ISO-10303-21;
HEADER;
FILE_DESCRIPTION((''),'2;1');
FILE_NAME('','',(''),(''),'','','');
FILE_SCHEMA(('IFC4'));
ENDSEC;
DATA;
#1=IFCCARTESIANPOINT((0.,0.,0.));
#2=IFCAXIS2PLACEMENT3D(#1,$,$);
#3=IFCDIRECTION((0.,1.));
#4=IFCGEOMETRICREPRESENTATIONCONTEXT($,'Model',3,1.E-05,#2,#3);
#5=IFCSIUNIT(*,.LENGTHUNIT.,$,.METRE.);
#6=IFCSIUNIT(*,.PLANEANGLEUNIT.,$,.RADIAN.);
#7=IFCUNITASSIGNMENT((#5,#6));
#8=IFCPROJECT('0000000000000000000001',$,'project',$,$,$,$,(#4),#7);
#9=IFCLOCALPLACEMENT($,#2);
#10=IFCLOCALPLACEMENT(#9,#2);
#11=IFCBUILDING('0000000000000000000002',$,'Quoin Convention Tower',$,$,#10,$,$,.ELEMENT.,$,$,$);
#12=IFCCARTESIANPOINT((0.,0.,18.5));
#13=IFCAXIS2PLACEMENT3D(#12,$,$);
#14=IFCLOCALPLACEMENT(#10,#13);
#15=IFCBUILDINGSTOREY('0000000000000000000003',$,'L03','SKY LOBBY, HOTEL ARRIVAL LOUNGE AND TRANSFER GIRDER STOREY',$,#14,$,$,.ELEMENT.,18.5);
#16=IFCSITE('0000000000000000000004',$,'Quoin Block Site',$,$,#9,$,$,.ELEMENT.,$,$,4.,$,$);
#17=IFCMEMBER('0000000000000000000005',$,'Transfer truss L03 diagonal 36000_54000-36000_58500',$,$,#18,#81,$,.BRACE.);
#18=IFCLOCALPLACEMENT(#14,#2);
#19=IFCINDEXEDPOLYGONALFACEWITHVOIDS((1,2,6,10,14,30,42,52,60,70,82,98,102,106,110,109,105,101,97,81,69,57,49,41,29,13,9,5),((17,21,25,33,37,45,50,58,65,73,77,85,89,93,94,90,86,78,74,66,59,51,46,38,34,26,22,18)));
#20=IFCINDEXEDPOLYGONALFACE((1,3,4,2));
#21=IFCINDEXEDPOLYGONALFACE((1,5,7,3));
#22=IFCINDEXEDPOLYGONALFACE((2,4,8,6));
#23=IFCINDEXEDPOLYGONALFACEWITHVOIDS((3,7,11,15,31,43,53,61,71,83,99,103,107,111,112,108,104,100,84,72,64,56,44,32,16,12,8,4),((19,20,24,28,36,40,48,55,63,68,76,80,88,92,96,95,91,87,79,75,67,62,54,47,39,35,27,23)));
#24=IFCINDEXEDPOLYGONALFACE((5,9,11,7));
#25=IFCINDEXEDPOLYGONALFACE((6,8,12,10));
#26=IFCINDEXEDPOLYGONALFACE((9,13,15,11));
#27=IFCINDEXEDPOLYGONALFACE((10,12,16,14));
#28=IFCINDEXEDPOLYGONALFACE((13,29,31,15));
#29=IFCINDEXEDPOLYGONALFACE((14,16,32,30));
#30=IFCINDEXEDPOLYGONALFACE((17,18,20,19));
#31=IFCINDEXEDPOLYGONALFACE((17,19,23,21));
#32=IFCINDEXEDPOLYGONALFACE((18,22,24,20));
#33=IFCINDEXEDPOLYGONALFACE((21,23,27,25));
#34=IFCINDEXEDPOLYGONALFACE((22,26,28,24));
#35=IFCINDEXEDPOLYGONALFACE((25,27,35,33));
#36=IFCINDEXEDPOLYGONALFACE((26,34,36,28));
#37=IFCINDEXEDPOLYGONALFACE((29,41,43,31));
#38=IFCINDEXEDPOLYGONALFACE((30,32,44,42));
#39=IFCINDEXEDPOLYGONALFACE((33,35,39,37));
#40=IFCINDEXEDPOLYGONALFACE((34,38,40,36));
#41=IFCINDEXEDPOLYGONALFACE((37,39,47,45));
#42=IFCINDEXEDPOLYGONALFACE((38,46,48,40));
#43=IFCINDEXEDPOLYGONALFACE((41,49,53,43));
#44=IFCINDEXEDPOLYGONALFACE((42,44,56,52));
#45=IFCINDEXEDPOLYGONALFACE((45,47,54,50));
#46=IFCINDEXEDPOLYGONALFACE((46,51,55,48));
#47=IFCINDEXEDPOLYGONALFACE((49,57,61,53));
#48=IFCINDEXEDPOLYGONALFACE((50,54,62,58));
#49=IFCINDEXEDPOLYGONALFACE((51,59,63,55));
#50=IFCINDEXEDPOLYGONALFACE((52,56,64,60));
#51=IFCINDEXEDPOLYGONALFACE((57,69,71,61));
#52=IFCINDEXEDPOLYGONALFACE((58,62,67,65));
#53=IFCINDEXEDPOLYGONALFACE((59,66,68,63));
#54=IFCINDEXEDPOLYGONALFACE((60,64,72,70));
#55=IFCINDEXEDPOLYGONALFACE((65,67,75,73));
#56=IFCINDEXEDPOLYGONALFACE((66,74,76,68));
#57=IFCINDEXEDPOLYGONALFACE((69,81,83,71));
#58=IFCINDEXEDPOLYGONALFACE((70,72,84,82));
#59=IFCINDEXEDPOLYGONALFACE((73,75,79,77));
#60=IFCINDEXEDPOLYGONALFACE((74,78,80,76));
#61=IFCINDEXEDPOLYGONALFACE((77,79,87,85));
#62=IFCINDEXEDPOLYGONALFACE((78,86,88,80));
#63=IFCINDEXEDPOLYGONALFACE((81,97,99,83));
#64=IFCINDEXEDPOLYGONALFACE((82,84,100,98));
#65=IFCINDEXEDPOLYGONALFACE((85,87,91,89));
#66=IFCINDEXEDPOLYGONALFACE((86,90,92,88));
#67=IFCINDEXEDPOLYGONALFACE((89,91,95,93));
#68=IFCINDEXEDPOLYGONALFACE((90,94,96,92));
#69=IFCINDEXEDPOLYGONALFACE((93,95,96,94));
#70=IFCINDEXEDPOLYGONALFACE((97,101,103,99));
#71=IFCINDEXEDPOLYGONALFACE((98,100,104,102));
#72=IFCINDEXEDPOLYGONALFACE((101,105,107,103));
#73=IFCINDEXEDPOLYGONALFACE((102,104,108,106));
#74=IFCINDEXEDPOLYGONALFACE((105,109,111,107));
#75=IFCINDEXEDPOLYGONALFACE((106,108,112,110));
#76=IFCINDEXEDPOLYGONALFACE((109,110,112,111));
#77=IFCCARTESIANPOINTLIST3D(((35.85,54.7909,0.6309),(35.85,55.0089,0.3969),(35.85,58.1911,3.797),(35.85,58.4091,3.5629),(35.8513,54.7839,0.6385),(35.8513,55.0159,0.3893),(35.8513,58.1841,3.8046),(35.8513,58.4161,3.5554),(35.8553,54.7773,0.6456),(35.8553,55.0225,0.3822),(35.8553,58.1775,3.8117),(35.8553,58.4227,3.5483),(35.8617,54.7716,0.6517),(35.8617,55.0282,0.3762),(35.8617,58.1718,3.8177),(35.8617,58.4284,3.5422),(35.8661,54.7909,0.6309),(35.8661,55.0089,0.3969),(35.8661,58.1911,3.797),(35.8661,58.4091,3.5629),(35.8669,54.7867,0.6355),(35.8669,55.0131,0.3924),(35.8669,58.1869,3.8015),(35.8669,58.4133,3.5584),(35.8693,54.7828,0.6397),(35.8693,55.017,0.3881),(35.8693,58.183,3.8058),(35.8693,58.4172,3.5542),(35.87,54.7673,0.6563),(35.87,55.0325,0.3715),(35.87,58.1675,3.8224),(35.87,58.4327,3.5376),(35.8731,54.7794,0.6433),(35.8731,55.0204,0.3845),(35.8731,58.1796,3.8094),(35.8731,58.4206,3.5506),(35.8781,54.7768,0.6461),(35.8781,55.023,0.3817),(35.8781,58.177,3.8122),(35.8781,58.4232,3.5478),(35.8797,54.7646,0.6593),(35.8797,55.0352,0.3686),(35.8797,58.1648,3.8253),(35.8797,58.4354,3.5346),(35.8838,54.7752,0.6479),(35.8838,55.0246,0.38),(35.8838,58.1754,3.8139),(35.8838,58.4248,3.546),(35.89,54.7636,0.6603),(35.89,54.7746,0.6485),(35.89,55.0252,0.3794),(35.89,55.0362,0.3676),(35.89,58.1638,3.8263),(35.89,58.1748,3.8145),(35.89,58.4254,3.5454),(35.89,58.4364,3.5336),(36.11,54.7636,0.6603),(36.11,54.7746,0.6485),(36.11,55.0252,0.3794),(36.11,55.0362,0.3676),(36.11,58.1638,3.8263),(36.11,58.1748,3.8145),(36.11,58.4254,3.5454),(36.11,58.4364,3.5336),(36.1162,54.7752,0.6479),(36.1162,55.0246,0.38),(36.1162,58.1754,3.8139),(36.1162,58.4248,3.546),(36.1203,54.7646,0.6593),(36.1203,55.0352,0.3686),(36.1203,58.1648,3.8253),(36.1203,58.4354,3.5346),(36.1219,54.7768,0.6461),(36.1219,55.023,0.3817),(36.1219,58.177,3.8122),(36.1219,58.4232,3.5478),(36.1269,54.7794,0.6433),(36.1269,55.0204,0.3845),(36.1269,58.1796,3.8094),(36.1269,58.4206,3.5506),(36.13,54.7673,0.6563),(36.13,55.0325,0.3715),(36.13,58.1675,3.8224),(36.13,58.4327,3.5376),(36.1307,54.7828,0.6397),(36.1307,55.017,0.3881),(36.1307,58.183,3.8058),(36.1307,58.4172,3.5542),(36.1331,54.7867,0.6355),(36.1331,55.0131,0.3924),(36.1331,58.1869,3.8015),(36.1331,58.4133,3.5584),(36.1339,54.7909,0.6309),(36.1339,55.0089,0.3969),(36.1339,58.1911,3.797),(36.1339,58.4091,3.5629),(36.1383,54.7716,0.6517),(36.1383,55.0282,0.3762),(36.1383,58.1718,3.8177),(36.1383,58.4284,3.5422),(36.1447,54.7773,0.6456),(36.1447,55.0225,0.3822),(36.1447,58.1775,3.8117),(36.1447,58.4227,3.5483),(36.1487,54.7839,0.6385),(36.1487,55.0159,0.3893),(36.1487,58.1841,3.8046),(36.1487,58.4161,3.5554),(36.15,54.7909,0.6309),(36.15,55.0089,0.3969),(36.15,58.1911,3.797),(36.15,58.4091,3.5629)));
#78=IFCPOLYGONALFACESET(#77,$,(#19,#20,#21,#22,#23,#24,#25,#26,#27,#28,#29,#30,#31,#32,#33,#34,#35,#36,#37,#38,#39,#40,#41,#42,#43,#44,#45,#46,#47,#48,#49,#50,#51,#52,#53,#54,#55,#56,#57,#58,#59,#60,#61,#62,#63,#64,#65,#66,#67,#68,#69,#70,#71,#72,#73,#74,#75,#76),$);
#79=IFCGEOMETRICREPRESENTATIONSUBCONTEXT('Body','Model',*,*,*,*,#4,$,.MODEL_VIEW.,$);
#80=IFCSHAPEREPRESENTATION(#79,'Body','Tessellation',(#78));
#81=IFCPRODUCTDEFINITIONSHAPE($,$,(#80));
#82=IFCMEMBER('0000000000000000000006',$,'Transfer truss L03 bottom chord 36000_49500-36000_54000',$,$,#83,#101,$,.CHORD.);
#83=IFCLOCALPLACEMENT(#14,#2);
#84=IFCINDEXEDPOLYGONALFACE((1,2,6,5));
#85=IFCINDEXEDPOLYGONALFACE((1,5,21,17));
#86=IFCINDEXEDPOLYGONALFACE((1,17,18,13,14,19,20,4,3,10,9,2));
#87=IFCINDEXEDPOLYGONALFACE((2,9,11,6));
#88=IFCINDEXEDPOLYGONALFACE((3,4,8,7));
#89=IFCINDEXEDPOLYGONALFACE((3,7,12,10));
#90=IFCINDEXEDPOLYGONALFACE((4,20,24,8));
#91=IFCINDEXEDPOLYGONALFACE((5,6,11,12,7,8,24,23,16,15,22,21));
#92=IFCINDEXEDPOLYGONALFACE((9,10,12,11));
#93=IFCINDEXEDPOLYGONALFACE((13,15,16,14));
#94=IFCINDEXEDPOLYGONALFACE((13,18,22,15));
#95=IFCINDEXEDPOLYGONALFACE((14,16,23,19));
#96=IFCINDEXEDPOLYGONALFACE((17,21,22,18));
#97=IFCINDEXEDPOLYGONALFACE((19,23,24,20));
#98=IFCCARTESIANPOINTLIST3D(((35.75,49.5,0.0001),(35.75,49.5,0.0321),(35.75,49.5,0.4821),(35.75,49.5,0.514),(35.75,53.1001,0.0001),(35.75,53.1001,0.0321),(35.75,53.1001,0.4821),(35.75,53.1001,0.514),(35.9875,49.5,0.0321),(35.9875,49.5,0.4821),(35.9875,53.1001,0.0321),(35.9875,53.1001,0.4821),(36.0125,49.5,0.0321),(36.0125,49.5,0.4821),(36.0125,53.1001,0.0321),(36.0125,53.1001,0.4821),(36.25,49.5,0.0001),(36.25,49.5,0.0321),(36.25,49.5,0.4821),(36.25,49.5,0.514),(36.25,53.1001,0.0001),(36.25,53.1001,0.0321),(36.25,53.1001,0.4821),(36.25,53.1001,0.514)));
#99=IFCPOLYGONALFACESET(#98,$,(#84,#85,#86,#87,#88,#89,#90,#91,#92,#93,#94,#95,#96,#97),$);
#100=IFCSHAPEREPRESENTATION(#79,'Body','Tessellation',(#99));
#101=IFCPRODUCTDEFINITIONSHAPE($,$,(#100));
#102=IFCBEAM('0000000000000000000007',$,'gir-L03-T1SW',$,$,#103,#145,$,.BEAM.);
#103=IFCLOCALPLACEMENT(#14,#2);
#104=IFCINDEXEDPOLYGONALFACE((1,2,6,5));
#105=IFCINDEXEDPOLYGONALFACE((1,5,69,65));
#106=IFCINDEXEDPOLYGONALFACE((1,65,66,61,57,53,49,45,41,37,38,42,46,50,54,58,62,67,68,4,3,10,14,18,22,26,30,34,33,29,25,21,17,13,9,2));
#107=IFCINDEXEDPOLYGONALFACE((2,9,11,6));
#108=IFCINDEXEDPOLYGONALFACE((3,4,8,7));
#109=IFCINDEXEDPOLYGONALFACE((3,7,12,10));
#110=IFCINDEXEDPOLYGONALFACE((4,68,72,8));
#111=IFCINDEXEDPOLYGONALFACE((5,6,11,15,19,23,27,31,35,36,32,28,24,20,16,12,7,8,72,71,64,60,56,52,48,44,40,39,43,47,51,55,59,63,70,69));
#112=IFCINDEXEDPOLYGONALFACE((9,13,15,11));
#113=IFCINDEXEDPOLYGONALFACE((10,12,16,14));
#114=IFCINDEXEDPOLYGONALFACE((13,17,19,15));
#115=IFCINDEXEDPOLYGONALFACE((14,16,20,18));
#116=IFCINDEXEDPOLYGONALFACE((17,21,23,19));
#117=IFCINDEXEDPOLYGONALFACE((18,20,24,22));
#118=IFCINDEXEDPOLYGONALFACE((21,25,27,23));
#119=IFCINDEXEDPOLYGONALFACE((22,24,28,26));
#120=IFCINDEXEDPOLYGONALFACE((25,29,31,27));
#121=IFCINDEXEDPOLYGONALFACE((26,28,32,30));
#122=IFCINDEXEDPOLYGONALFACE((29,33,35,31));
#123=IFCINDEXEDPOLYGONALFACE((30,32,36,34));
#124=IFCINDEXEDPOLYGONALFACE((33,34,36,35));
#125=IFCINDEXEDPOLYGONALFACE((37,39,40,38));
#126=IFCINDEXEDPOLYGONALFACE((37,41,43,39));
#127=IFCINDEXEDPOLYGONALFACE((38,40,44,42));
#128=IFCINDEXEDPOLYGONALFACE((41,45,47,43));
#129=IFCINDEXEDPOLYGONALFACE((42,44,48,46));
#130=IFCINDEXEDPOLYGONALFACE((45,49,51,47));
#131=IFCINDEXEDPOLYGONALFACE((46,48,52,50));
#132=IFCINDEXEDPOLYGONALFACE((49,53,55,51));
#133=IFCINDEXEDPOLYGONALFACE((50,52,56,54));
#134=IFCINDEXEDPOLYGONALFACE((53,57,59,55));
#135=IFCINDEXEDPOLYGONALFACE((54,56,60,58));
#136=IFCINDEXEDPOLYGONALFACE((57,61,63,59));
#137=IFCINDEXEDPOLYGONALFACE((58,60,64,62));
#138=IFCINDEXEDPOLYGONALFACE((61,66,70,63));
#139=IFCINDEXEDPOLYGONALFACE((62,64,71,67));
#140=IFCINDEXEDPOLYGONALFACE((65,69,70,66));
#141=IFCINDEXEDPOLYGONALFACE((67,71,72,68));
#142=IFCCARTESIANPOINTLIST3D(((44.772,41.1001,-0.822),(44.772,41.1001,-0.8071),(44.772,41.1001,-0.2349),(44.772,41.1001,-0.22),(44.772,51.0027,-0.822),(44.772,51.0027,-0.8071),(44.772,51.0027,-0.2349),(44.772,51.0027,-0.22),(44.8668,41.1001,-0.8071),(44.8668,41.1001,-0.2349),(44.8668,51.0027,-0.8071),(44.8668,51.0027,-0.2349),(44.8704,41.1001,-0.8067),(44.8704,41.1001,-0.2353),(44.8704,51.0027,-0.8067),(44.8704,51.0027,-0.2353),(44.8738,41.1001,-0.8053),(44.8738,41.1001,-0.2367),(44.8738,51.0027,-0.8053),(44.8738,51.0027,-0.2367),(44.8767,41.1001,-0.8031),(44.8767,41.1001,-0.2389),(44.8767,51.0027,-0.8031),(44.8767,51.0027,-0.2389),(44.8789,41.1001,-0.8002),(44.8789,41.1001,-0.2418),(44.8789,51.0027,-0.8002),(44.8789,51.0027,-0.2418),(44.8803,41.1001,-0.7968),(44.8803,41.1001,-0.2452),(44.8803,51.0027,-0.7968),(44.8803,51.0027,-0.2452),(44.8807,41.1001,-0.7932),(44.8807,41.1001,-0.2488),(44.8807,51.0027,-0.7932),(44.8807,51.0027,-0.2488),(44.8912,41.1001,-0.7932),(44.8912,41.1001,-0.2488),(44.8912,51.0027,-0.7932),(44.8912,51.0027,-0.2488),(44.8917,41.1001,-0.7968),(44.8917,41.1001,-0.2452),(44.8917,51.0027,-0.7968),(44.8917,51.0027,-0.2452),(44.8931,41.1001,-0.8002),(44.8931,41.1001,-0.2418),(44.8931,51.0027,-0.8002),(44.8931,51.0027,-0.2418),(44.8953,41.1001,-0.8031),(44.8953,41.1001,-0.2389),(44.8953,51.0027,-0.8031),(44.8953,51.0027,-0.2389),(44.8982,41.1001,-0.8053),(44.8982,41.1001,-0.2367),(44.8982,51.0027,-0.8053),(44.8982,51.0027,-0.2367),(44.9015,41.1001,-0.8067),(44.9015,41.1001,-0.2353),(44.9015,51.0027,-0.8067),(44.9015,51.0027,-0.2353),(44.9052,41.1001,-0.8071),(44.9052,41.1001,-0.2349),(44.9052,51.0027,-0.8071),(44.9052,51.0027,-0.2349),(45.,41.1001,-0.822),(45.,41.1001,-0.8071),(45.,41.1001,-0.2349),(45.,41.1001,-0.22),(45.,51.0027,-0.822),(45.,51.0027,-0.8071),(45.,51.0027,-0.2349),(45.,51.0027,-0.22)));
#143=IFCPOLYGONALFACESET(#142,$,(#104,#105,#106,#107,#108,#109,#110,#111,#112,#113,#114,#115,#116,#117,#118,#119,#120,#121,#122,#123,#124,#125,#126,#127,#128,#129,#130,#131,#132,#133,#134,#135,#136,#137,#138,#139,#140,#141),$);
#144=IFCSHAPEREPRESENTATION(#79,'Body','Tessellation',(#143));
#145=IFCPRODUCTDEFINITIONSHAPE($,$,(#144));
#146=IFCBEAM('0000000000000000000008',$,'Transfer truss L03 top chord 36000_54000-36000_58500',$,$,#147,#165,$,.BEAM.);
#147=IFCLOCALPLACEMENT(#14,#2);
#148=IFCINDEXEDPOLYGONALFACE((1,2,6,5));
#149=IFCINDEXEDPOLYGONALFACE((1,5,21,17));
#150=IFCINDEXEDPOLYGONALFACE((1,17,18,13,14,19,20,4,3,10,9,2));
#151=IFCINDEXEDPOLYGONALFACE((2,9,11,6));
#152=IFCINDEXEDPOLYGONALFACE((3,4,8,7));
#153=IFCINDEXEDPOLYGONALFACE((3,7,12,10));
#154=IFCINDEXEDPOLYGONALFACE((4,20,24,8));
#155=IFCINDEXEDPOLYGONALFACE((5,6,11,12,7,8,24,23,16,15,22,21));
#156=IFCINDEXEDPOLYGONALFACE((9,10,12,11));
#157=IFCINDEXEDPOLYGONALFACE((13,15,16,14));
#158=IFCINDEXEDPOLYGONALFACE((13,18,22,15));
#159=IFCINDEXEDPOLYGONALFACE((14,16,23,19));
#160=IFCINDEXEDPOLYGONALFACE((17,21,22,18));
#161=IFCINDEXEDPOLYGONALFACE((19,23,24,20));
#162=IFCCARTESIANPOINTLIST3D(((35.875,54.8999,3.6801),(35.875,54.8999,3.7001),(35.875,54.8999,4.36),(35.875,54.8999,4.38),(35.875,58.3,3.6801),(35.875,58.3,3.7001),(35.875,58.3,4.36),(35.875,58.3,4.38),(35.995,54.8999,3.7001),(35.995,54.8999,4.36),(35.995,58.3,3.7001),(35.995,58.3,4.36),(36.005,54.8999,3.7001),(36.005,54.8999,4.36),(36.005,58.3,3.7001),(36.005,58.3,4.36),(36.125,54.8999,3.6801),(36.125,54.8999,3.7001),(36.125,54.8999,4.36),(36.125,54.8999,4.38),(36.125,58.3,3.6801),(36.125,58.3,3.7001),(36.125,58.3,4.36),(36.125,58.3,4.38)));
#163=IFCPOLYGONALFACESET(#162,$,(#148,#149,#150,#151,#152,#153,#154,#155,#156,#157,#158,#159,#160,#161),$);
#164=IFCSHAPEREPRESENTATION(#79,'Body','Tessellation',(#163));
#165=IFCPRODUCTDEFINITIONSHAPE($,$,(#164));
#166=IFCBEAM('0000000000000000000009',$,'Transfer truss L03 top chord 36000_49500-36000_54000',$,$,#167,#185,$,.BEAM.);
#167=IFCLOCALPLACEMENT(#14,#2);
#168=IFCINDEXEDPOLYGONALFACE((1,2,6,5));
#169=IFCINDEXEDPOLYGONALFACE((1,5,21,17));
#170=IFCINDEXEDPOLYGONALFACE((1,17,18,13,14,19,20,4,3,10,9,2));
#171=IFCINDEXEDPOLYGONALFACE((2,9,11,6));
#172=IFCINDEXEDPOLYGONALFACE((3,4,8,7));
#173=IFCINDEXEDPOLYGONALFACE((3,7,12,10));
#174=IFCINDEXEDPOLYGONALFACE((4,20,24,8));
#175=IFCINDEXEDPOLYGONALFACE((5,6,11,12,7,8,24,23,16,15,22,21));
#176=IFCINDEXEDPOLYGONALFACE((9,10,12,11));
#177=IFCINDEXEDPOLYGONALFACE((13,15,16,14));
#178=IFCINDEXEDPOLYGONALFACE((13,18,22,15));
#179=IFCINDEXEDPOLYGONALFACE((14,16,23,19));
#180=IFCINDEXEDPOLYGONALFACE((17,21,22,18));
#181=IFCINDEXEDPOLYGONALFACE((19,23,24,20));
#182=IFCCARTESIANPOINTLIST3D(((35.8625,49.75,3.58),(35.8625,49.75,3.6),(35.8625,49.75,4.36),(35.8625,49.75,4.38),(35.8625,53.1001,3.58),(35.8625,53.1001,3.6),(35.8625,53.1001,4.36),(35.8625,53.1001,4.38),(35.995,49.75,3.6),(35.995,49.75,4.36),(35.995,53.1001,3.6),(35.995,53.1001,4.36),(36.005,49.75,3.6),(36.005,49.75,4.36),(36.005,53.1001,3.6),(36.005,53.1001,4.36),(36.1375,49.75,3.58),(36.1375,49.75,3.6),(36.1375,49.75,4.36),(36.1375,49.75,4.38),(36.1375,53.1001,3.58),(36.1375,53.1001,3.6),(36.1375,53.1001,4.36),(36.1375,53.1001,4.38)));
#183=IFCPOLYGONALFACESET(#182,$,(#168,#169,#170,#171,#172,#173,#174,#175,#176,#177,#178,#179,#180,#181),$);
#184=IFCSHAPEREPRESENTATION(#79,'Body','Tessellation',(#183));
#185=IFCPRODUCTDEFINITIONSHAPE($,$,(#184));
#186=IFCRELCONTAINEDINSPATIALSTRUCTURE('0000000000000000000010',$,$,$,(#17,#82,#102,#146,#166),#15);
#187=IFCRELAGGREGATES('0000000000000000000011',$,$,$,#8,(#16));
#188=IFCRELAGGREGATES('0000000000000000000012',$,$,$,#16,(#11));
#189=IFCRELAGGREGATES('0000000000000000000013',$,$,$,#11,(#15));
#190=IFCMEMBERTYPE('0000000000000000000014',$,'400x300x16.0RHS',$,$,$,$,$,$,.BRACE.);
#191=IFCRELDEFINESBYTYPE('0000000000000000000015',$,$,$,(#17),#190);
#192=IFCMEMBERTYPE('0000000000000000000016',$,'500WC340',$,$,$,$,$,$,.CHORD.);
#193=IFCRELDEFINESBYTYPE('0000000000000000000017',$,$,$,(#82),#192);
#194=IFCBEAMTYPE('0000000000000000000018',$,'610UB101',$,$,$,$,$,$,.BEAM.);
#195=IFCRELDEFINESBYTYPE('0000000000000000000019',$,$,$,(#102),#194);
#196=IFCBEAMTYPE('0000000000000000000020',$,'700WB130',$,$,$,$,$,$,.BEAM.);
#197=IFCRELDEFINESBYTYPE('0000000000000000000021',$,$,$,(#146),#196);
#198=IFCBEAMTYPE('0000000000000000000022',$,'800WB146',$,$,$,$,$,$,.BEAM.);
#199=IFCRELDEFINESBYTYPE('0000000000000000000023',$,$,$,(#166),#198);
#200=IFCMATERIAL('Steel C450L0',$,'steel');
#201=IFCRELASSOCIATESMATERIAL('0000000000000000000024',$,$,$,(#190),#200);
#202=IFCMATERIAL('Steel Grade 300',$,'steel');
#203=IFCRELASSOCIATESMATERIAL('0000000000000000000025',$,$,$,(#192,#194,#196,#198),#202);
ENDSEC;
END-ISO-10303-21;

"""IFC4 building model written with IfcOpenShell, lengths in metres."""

from ifc_helpers import new_model, si_unit, direction, frame, origin, origin_2d, place, context, subcontext, project, spatial, hollow_rectangle, i_section, extrude, material, material_profile, profile_set, type_object, element, save


model = new_model("IFC4")

# Units and contexts
model_context = context("Model", 3, precision=1e-05, world=origin(), true_north=direction((0.0, 1.0)))
body_context = subcontext(model_context, "Body", "Model", "MODEL_VIEW")
ifc_project = project(units=[si_unit("LENGTHUNIT", "METRE"), si_unit("PLANEANGLEUNIT", "RADIAN")], contexts=[model_context])

# Site, building, storey
site_placement = place(None, origin())
site = spatial("IfcSite", under=ifc_project, at=site_placement, Name="Quoin Block Site", CompositionType="ELEMENT", RefElevation=4.0)
building_placement = place(site_placement, origin())
building = spatial("IfcBuilding", under=site, at=building_placement, Name="Quoin Convention Tower", CompositionType="ELEMENT")
storey_placement = place(building_placement, frame((0.0, 0.0, 18.5)))
storey = spatial("IfcBuildingStorey", under=building, at=storey_placement, Name="L03", Description="SKY LOBBY, HOTEL ARRIVAL LOUNGE AND TRANSFER GIRDER STOREY", CompositionType="ELEMENT", Elevation=18.5)

# Shared definitions
ifc_material_1 = material(Name="Steel Grade 300", Category="steel")

# Members
ifc_material_2 = material(Name="Steel C450L0", Category="steel")
ifc_material_profile_1 = material_profile(ifc_material_2, hollow_rectangle(XDim=0.3, YDim=0.3999, WallThickness=0.0161, InnerFilletRadius=0.0239, OuterFilletRadius=0.04, at=origin_2d()), Name="400x300x16.0RHS")
ifc_profile_set_1 = profile_set([ifc_material_profile_1], Name="Steel C450L0")
member_type_1 = type_object("IfcMemberType", Name="400x300x16.0RHS", PredefinedType="BRACE", material=ifc_profile_set_1)
member_1_placement = place(storey_placement, frame((36.0, 54.8999, 0.5139), z_axis=(0.0, 0.731855, 0.68146), x_axis=(-1.0, 0.0, 0.0)))
element("IfcMember", 1, at=member_1_placement, inside=storey, type_object=member_type_1, Name="Transfer truss L03 diagonal 36000_54000-36000_58500", PredefinedType="BRACE", context=body_context, shape_type="SweptSolid", body=[
    extrude(hollow_rectangle(XDim=0.3, YDim=0.3999, WallThickness=0.0161, InnerFilletRadius=0.0239, OuterFilletRadius=0.04, at=origin_2d()), origin(), (0.0, 0.0, 1.0), 4.646),
])
ifc_material_profile_2 = material_profile(ifc_material_1, i_section(OverallWidth=0.5, OverallDepth=0.5139, WebThickness=0.0249, FlangeThickness=0.032, at=origin_2d()), Name="500WC340")
ifc_profile_set_2 = profile_set([ifc_material_profile_2], Name="Steel Grade 300")
member_type_2 = type_object("IfcMemberType", Name="500WC340", PredefinedType="CHORD", material=ifc_profile_set_2)
member_2_placement = place(storey_placement, frame((36.0, 49.5, 0.2571), z_axis=(0.0, 1.0, 0.0), x_axis=(-1.0, 0.0, 0.0)))
element("IfcMember", 2, at=member_2_placement, inside=storey, type_object=member_type_2, Name="Transfer truss L03 bottom chord 36000_49500-36000_54000", PredefinedType="CHORD", context=body_context, shape_type="SweptSolid", body=[
    extrude(i_section(OverallWidth=0.5, OverallDepth=0.5139, WebThickness=0.0249, FlangeThickness=0.032, at=origin_2d()), origin(), (0.0, 0.0, 1.0), 3.6001),
])

# Beams
ifc_material_profile_3 = material_profile(ifc_material_1, i_section(OverallWidth=0.228, OverallDepth=0.6021, WebThickness=0.0105, FlangeThickness=0.0149, FilletRadius=0.0139, at=origin_2d()), Name="610UB101")
ifc_profile_set_3 = profile_set([ifc_material_profile_3], Name="Steel Grade 300")
beam_type_1 = type_object("IfcBeamType", Name="610UB101", PredefinedType="BEAM", material=ifc_profile_set_3)
beam_1_placement = place(storey_placement, frame((44.886, 41.1001, -0.521), z_axis=(0.0, 1.0, 0.0), x_axis=(-1.0, 0.0, 0.0)))
element("IfcBeam", 3, at=beam_1_placement, inside=storey, type_object=beam_type_1, Name="gir-L03-T1SW", PredefinedType="BEAM", context=body_context, shape_type="SweptSolid", body=[
    extrude(i_section(OverallWidth=0.228, OverallDepth=0.6021, WebThickness=0.0105, FlangeThickness=0.0149, FilletRadius=0.0139, at=origin_2d()), origin(), (0.0, 0.0, 1.0), 9.9026),
])
ifc_material_profile_4 = material_profile(ifc_material_1, i_section(OverallWidth=0.25, OverallDepth=0.7, WebThickness=0.01, FlangeThickness=0.02, at=origin_2d()), Name="700WB130")
ifc_profile_set_4 = profile_set([ifc_material_profile_4], Name="Steel Grade 300")
beam_type_2 = type_object("IfcBeamType", Name="700WB130", PredefinedType="BEAM", material=ifc_profile_set_4)
beam_2_placement = place(storey_placement, frame((36.0, 54.8999, 4.03), z_axis=(0.0, 1.0, 0.0), x_axis=(-1.0, 0.0, 0.0)))
element("IfcBeam", 4, at=beam_2_placement, inside=storey, type_object=beam_type_2, Name="Transfer truss L03 top chord 36000_54000-36000_58500", PredefinedType="BEAM", context=body_context, shape_type="SweptSolid", body=[
    extrude(i_section(OverallWidth=0.25, OverallDepth=0.7, WebThickness=0.01, FlangeThickness=0.02, at=origin_2d()), origin(), (0.0, 0.0, 1.0), 3.4001),
])
ifc_material_profile_5 = material_profile(ifc_material_1, i_section(OverallWidth=0.2749, OverallDepth=0.8, WebThickness=0.01, FlangeThickness=0.02, at=origin_2d()), Name="800WB146")
ifc_profile_set_5 = profile_set([ifc_material_profile_5], Name="Steel Grade 300")
beam_type_3 = type_object("IfcBeamType", Name="800WB146", PredefinedType="BEAM", material=ifc_profile_set_5)
beam_3_placement = place(storey_placement, frame((36.0, 49.75, 3.98), z_axis=(0.0, 1.0, 0.0), x_axis=(-1.0, 0.0, 0.0)))
element("IfcBeam", 5, at=beam_3_placement, inside=storey, type_object=beam_type_3, Name="Transfer truss L03 top chord 36000_49500-36000_54000", PredefinedType="BEAM", context=body_context, shape_type="SweptSolid", body=[
    extrude(i_section(OverallWidth=0.2749, OverallDepth=0.8, WebThickness=0.01, FlangeThickness=0.02, at=origin_2d()), origin(), (0.0, 0.0, 1.0), 3.3501),
])

save(model, "model.ifc")
